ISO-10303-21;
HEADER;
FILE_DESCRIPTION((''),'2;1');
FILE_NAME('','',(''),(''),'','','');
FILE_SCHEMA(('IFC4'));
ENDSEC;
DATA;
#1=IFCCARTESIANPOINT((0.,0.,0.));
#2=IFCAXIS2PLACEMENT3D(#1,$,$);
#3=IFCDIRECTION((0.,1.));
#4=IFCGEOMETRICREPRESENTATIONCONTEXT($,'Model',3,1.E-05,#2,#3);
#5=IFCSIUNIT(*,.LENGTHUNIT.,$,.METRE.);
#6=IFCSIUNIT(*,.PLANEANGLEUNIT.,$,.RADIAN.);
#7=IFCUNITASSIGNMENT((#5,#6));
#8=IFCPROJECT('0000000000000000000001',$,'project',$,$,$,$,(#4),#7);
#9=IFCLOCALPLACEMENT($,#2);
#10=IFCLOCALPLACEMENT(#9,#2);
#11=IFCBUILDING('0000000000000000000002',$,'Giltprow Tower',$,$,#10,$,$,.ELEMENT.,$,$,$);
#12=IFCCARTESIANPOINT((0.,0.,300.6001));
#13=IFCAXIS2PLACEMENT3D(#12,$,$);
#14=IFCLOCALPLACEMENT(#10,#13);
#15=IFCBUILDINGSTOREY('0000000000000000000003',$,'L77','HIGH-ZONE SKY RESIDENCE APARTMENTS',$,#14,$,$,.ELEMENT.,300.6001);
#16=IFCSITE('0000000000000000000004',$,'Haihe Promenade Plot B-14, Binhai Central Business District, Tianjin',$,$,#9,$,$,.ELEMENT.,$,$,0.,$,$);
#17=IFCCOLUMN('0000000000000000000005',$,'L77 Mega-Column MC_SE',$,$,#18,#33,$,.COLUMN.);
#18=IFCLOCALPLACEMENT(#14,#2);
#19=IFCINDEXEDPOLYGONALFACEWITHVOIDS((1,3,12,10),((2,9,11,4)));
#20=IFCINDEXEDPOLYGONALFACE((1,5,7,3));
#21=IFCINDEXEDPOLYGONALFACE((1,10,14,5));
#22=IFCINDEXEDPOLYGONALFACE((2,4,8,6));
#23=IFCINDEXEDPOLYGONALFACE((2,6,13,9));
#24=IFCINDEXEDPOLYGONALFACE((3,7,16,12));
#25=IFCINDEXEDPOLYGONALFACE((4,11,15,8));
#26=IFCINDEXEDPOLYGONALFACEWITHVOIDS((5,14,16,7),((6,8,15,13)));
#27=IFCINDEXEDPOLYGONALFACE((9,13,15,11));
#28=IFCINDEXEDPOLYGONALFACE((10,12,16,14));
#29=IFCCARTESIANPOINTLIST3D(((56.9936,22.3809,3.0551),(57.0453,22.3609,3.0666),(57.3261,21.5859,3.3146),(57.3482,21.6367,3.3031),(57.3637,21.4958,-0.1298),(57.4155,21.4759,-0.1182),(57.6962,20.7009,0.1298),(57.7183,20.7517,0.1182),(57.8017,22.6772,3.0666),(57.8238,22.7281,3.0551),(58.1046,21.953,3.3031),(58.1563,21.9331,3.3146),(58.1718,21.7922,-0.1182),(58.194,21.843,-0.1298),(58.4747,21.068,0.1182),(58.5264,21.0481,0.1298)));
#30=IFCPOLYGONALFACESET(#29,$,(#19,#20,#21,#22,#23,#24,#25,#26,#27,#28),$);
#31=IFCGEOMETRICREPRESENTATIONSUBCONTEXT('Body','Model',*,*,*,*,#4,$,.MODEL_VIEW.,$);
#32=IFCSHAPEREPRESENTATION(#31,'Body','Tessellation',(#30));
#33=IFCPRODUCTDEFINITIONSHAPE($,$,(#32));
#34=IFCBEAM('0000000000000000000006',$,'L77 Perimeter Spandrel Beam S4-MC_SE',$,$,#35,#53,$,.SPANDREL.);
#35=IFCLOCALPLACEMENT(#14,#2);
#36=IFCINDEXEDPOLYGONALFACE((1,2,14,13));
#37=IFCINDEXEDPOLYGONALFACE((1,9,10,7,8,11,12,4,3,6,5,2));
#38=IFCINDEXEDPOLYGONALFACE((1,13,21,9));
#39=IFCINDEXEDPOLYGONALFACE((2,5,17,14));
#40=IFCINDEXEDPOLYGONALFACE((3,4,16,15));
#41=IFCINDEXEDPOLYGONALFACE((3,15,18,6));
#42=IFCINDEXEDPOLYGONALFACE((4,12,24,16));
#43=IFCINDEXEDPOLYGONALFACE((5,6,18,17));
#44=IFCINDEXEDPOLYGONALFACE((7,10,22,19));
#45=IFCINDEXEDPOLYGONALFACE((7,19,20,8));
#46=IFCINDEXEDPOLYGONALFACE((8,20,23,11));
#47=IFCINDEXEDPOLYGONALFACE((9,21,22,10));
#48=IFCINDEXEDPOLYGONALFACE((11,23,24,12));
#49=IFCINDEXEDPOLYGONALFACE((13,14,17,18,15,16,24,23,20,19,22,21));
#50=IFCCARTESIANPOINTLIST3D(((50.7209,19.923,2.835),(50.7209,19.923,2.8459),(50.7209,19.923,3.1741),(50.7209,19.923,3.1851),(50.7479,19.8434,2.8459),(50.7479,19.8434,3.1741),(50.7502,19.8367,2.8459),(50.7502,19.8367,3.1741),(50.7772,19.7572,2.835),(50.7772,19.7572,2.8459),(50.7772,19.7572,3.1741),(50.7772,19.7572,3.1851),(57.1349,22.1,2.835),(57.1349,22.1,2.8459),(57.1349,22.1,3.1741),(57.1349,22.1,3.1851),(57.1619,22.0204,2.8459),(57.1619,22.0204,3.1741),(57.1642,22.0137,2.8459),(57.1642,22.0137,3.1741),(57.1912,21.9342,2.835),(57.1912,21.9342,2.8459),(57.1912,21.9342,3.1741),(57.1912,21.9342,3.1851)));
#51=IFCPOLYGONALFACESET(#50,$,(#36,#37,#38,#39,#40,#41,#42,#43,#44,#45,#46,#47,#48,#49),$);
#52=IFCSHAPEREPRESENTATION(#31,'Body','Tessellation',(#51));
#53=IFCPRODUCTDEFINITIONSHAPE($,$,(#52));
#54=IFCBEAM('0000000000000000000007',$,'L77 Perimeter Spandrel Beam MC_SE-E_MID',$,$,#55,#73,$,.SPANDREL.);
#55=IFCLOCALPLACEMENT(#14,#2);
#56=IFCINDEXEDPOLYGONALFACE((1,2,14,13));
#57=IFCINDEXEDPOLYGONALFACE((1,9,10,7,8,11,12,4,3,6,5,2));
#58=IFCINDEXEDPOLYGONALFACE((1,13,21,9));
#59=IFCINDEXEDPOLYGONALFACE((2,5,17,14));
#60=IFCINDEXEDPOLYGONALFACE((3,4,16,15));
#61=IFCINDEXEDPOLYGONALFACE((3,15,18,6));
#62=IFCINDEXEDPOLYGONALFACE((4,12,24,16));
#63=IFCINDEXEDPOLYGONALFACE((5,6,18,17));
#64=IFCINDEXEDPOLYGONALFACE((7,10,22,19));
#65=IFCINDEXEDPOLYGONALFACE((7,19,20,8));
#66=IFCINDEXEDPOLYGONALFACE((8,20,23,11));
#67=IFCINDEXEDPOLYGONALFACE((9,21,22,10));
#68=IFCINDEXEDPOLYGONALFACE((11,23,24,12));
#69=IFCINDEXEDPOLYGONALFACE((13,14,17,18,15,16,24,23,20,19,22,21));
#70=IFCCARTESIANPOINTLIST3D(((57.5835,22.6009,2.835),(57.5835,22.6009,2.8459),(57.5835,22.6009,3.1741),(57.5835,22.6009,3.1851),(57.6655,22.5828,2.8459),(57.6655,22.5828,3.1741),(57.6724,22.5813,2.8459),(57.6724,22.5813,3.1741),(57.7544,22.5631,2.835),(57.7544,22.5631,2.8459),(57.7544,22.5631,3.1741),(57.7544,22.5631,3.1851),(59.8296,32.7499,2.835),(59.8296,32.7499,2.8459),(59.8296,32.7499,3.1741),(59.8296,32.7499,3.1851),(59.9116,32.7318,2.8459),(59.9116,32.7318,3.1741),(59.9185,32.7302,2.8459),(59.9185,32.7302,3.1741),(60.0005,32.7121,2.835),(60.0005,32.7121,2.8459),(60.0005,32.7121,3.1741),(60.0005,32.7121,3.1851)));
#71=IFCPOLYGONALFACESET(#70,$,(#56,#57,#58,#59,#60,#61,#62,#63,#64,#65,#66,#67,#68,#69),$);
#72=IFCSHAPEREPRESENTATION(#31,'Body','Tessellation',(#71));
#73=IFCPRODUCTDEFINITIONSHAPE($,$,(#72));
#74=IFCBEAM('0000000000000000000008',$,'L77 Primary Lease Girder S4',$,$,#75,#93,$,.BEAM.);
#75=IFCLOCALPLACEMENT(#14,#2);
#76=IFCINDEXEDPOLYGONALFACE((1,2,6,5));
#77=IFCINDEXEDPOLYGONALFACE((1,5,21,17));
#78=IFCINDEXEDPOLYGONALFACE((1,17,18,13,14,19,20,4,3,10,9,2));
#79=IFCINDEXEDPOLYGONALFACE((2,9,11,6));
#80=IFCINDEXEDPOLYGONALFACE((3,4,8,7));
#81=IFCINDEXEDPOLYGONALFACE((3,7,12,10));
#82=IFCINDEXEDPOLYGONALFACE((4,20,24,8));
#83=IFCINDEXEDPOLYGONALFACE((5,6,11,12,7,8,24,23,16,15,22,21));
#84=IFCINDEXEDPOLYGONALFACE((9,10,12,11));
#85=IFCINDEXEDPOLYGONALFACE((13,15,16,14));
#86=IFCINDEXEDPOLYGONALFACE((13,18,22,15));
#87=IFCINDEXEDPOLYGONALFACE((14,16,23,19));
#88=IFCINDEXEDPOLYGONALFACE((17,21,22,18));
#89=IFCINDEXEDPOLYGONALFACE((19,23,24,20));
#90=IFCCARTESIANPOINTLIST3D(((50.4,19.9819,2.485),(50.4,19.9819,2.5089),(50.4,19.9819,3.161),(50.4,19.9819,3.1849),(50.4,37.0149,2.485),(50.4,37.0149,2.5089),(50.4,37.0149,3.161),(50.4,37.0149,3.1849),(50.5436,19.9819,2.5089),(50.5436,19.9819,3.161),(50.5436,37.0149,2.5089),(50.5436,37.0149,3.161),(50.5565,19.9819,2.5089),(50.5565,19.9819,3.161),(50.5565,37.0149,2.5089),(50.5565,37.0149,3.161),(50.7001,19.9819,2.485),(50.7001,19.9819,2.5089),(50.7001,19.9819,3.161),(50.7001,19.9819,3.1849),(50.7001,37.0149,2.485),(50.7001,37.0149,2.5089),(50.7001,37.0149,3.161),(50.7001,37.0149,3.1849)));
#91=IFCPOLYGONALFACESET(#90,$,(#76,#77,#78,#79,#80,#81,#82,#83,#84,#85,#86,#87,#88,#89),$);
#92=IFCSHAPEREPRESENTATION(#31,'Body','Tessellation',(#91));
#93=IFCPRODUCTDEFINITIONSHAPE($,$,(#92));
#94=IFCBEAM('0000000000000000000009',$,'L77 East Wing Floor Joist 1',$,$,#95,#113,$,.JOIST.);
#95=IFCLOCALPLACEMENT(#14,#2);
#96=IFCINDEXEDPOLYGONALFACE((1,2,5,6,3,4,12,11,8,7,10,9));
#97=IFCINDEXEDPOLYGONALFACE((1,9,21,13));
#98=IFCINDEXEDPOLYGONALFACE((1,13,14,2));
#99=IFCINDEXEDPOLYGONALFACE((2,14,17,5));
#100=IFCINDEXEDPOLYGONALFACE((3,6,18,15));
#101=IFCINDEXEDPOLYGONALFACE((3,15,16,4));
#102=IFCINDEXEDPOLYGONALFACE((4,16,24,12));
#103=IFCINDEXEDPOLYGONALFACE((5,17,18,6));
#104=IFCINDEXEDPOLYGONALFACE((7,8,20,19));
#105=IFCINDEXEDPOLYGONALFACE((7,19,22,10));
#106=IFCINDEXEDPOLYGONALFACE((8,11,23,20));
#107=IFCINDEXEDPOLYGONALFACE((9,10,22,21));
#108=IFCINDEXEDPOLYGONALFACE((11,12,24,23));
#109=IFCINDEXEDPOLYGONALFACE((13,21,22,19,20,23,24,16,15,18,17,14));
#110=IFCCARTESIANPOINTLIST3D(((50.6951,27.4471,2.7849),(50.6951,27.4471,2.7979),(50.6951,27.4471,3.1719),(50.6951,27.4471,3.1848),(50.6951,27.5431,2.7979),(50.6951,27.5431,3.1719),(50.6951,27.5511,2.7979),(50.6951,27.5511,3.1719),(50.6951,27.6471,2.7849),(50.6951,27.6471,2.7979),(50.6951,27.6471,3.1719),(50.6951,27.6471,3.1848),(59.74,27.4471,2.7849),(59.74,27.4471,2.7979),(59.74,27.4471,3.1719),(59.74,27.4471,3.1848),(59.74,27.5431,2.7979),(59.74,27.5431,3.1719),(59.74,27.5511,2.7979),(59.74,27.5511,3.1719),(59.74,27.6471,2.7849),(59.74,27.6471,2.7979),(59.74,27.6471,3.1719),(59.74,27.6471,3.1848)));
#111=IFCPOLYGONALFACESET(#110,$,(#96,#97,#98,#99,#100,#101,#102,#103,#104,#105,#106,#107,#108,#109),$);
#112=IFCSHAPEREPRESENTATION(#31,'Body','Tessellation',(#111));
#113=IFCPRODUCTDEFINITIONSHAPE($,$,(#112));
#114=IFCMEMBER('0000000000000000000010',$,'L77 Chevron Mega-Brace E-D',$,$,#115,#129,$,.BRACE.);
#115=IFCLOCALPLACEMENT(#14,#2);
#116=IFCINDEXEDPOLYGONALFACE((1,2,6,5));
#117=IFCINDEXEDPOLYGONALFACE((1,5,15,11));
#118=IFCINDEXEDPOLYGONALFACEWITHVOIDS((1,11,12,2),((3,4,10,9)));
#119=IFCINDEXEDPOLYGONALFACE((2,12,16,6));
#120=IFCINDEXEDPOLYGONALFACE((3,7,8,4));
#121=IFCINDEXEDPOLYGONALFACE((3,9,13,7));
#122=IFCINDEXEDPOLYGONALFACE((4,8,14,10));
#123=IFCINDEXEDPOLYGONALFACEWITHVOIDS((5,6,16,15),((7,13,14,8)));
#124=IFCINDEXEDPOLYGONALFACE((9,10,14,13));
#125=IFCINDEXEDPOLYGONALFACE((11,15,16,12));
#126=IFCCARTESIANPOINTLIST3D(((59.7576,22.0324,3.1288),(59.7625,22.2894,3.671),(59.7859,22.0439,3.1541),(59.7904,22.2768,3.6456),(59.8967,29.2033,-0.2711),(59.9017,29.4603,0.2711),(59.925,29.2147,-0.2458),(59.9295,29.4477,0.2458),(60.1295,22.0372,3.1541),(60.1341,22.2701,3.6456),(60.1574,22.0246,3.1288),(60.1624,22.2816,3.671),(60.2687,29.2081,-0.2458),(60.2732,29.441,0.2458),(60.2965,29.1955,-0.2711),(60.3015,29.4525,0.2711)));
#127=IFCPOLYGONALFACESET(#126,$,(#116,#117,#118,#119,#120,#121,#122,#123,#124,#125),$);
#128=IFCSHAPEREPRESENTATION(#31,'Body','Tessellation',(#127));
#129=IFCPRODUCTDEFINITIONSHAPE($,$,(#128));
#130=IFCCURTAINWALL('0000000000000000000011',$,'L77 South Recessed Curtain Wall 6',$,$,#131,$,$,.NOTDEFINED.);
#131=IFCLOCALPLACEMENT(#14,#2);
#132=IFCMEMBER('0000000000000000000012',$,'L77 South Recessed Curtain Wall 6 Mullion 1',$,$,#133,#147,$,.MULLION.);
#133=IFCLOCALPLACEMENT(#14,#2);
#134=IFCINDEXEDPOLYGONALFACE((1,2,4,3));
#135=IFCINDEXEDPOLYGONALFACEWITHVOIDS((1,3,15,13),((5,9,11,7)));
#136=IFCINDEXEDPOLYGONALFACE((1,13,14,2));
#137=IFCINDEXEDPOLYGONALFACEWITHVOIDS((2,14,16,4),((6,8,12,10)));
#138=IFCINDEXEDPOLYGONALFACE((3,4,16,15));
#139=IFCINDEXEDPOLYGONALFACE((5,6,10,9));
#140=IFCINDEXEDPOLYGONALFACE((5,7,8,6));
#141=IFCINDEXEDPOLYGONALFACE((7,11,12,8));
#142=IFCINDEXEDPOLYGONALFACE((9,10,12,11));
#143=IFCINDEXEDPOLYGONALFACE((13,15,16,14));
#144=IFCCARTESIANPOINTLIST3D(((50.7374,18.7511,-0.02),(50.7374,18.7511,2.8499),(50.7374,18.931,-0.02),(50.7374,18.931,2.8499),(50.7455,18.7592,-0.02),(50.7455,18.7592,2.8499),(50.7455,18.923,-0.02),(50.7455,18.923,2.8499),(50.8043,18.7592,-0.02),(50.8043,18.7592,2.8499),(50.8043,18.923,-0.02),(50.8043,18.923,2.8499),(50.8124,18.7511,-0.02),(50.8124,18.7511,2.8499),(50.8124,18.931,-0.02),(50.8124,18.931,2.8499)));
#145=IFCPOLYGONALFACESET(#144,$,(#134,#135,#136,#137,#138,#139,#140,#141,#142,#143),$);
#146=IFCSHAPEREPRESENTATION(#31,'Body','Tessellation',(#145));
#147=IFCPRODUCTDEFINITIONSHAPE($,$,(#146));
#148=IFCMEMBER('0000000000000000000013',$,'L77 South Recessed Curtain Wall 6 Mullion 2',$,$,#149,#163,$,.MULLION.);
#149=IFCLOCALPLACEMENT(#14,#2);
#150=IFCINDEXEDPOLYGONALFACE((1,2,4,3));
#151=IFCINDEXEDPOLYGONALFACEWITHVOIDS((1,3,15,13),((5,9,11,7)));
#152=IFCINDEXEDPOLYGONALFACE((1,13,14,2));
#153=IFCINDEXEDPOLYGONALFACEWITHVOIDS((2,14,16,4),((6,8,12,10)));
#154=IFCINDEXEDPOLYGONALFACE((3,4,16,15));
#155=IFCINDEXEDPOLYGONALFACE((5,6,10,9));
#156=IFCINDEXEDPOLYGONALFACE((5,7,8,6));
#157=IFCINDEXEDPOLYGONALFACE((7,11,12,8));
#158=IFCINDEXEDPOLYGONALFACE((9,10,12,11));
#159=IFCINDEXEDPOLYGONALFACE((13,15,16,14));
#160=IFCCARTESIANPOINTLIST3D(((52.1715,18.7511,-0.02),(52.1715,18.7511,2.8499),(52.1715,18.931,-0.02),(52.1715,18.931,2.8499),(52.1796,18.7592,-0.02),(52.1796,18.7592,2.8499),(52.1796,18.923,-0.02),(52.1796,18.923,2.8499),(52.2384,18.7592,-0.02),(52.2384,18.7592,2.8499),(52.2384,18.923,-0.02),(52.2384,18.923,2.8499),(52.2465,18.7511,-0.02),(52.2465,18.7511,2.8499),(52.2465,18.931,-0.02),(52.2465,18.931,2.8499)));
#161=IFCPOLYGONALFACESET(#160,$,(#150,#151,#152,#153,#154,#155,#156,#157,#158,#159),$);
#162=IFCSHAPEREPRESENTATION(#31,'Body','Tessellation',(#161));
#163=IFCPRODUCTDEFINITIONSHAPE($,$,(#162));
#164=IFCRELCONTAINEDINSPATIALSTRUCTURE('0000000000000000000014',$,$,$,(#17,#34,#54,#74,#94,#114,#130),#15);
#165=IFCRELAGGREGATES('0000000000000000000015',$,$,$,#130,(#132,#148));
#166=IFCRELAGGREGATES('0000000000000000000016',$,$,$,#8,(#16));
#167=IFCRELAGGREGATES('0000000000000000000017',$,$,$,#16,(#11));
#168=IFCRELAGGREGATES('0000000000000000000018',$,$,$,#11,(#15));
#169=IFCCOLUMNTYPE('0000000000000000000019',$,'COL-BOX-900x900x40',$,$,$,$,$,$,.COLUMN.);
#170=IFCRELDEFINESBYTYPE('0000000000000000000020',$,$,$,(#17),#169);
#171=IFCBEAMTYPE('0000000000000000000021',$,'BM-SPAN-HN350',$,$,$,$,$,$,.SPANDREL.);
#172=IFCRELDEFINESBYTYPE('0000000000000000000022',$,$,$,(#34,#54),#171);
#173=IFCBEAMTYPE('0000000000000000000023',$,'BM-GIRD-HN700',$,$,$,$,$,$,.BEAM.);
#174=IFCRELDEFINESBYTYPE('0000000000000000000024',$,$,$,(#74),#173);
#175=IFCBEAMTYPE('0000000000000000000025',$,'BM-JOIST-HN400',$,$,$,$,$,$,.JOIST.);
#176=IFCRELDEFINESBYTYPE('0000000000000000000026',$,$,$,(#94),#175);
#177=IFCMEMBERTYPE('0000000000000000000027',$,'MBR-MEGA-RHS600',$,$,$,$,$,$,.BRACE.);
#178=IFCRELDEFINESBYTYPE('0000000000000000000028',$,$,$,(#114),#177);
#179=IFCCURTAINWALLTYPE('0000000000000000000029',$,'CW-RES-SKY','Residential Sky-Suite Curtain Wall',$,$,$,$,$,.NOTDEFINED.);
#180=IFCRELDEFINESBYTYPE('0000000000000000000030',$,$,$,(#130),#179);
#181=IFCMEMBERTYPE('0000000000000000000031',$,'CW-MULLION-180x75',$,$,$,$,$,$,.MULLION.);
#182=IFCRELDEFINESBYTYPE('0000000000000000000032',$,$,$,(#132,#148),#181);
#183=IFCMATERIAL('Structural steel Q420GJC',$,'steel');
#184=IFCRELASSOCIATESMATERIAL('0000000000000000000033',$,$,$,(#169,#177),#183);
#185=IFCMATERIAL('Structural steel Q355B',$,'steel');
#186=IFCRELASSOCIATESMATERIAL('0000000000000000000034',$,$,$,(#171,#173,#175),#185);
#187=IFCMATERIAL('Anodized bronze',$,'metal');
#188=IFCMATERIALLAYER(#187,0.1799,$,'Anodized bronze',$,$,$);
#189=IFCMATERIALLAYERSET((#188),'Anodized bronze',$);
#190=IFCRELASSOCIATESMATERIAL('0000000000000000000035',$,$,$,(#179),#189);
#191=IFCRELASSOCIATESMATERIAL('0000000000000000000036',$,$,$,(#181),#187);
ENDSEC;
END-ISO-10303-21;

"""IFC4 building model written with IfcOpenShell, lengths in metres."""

from ifc_helpers import new_model, si_unit, direction, frame, origin, origin_2d, place, context, subcontext, project, spatial, hollow_rectangle, i_section, extrude, source, transform, mapped, material, layer, layer_set, material_profile, profile_set, type_object, element, aggregate, save


model = new_model("IFC4")

# Units and contexts
model_context = context("Model", 3, precision=1e-05, world=origin(), true_north=direction((0.0, 1.0)))
body_context = subcontext(model_context, "Body", "Model", "MODEL_VIEW")
ifc_project = project(units=[si_unit("LENGTHUNIT", "METRE"), si_unit("PLANEANGLEUNIT", "RADIAN")], contexts=[model_context])

# Site, building, storey
site_placement = place(None, origin())
site = spatial("IfcSite", under=ifc_project, at=site_placement, Name="Haihe Promenade Plot B-14, Binhai Central Business District, Tianjin", CompositionType="ELEMENT", RefElevation=0.0)
building_placement = place(site_placement, origin())
building = spatial("IfcBuilding", under=site, at=building_placement, Name="Giltprow Tower", CompositionType="ELEMENT")
storey_placement = place(building_placement, frame((0.0, 0.0, 300.6001)))
storey = spatial("IfcBuildingStorey", under=building, at=storey_placement, Name="L77", Description="HIGH-ZONE SKY RESIDENCE APARTMENTS", CompositionType="ELEMENT", Elevation=300.6001)

# Column
ifc_material_1 = material(Name="Structural steel Q420GJC", Category="steel")
ifc_material_profile_1 = material_profile(ifc_material_1, hollow_rectangle(XDim=0.8999, YDim=0.8999, WallThickness=0.04, at=origin_2d()), Name="BOX 900x900x40")
ifc_profile_set_1 = profile_set([ifc_material_profile_1], Name="Structural steel Q420GJC")
column_type = type_object("IfcColumnType", Name="COL-BOX-900x900x40", PredefinedType="COLUMN", material=ifc_profile_set_1)
shared_shape_1 = source(origin(), body_context, "Body", "SweptSolid", [
    extrude(hollow_rectangle(XDim=0.8999, YDim=0.8999, WallThickness=0.04, at=origin_2d()), origin(), (0.0, 0.0, 1.0), 3.3262),
])
column_placement = place(storey_placement, frame((57.9451, 21.272, 0.0), z_axis=(-0.111275, 0.266076, 0.957508), x_axis=(-0.922572, -0.385826, 0.0)))
element("IfcColumn", 1, at=column_placement, inside=storey, type_object=column_type, Name="L77 Mega-Column MC_SE", PredefinedType="COLUMN", context=body_context, shape_type="MappedRepresentation", body=[
    mapped(shared_shape_1, transform((0.0, 0.0, 0.0), x_axis=(1.0, 0.0, 0.0), y_axis=(0.0, 1.0, 0.0), z_axis=(0.0, 0.0, 1.0), scale=1.0)),
])

# Beams
ifc_material_2 = material(Name="Structural steel Q355B", Category="steel")
ifc_material_profile_2 = material_profile(ifc_material_2, i_section(OverallWidth=0.175, OverallDepth=0.3501, WebThickness=0.0071, FlangeThickness=0.011, at=origin_2d()), Name="HN 350x175x7x11")
ifc_profile_set_2 = profile_set([ifc_material_profile_2], Name="Structural steel Q355B")
beam_type_1 = type_object("IfcBeamType", Name="BM-SPAN-HN350", PredefinedType="SPANDREL", material=ifc_profile_set_2)
shared_shape_2 = source(origin(), body_context, "Body", "SweptSolid", [
    extrude(i_section(OverallWidth=0.175, OverallDepth=0.3501, WebThickness=0.0071, FlangeThickness=0.011, at=origin_2d()), origin(), (0.0, 0.0, 1.0), 6.7734),
])
beam_1_placement = place(storey_placement, frame((50.749, 19.8401, 3.01), z_axis=(0.946943, 0.321403, 0.0), x_axis=(-0.321403, 0.946943, 0.0)))
element("IfcBeam", 2, at=beam_1_placement, inside=storey, type_object=beam_type_1, Name="L77 Perimeter Spandrel Beam S4-MC_SE", PredefinedType="SPANDREL", context=body_context, shape_type="MappedRepresentation", body=[
    mapped(shared_shape_2, transform((0.0, 0.0, 0.0), x_axis=(1.0, 0.0, 0.0), y_axis=(0.0, 1.0, 0.0), z_axis=(0.0, 0.0, 1.0), scale=1.0)),
])
shared_shape_3 = source(origin(), body_context, "Body", "SweptSolid", [
    extrude(i_section(OverallWidth=0.175, OverallDepth=0.3501, WebThickness=0.0071, FlangeThickness=0.011, at=origin_2d()), origin(), (0.0, 0.0, 1.0), 10.3945),
])
beam_2_placement = place(storey_placement, frame((57.6689, 22.582, 3.01), z_axis=(0.216085, 0.976375, 0.0), x_axis=(-0.976375, 0.216085, 0.0)))
element("IfcBeam", 3, at=beam_2_placement, inside=storey, type_object=beam_type_1, Name="L77 Perimeter Spandrel Beam MC_SE-E_MID", PredefinedType="SPANDREL", context=body_context, shape_type="MappedRepresentation", body=[
    mapped(shared_shape_3, transform((0.0, 0.0, 0.0), x_axis=(1.0, 0.0, 0.0), y_axis=(0.0, 1.0, 0.0), z_axis=(0.0, 0.0, 1.0), scale=1.0)),
])
ifc_material_profile_3 = material_profile(ifc_material_2, i_section(OverallWidth=0.3, OverallDepth=0.7, WebThickness=0.0129, FlangeThickness=0.0239, at=origin_2d()), Name="HN 700x300x13x24")
ifc_profile_set_3 = profile_set([ifc_material_profile_3], Name="Structural steel Q355B")
beam_type_2 = type_object("IfcBeamType", Name="BM-GIRD-HN700", PredefinedType="BEAM", material=ifc_profile_set_3)
shared_shape_4 = source(origin(), body_context, "Body", "SweptSolid", [
    extrude(i_section(OverallWidth=0.3, OverallDepth=0.7, WebThickness=0.0129, FlangeThickness=0.0239, at=origin_2d()), origin(), (0.0, 0.0, 1.0), 17.033),
])
beam_3_placement = place(storey_placement, frame((50.55, 19.9819, 2.835), z_axis=(0.0, 1.0, 0.0), x_axis=(-1.0, 0.0, 0.0)))
element("IfcBeam", 4, at=beam_3_placement, inside=storey, type_object=beam_type_2, Name="L77 Primary Lease Girder S4", PredefinedType="BEAM", context=body_context, shape_type="MappedRepresentation", body=[
    mapped(shared_shape_4, transform((0.0, 0.0, 0.0), x_axis=(1.0, 0.0, 0.0), y_axis=(0.0, 1.0, 0.0), z_axis=(0.0, 0.0, 1.0), scale=1.0)),
])
ifc_material_profile_4 = material_profile(ifc_material_2, i_section(OverallWidth=0.2, OverallDepth=0.3999, WebThickness=0.0081, FlangeThickness=0.0129, at=origin_2d()), Name="HN 400x200x8x13")
ifc_profile_set_4 = profile_set([ifc_material_profile_4], Name="Structural steel Q355B")
beam_type_3 = type_object("IfcBeamType", Name="BM-JOIST-HN400", PredefinedType="JOIST", material=ifc_profile_set_4)
shared_shape_5 = source(origin(), body_context, "Body", "SweptSolid", [
    extrude(i_section(OverallWidth=0.2, OverallDepth=0.3999, WebThickness=0.0081, FlangeThickness=0.0129, at=origin_2d()), origin(), (0.0, 0.0, 1.0), 9.0449),
])
beam_4_placement = place(storey_placement, frame((50.6951, 27.5471, 2.9849), z_axis=(1.0, 0.0, 0.0), x_axis=(0.0, 1.0, 0.0)))
element("IfcBeam", 5, at=beam_4_placement, inside=storey, type_object=beam_type_3, Name="L77 East Wing Floor Joist 1", PredefinedType="JOIST", context=body_context, shape_type="MappedRepresentation", body=[
    mapped(shared_shape_5, transform((0.0, 0.0, 0.0), x_axis=(1.0, 0.0, 0.0), y_axis=(0.0, 1.0, 0.0), z_axis=(0.0, 0.0, 1.0), scale=1.0)),
])

# Member
ifc_material_profile_5 = material_profile(ifc_material_1, hollow_rectangle(XDim=0.3999, YDim=0.6001, WallThickness=0.0281, at=origin_2d()), Name="RHS 600x400x28")
ifc_profile_set_5 = profile_set([ifc_material_profile_5], Name="Structural steel Q420GJC")
member_type_1 = type_object("IfcMemberType", Name="MBR-MEGA-RHS600", PredefinedType="BRACE", material=ifc_profile_set_5)
shared_shape_6 = source(origin(), body_context, "Body", "SweptSolid", [
    extrude(hollow_rectangle(XDim=0.3999, YDim=0.6001, WallThickness=0.0281, at=origin_2d()), origin(), (0.0, 0.0, 1.0), 7.9373),
])
member_1_placement = place(storey_placement, frame((60.0991, 29.3279, 0.0), z_axis=(-0.017532, -0.903445, 0.428346), x_axis=(0.999812, -0.019403, 0.0)))
element("IfcMember", 6, at=member_1_placement, inside=storey, type_object=member_type_1, Name="L77 Chevron Mega-Brace E-D", PredefinedType="BRACE", context=body_context, shape_type="MappedRepresentation", body=[
    mapped(shared_shape_6, transform((0.0, 0.0, 0.0), x_axis=(1.0, 0.0, 0.0), y_axis=(0.0, 1.0, 0.0), z_axis=(0.0, 0.0, 1.0), scale=1.0)),
])

# Curtain wall, members
ifc_material_3 = material(Name="Anodized bronze", Category="metal")
ifc_layer_1 = layer(ifc_material_3, 0.1799, Name="Anodized bronze")
ifc_layer_set_1 = layer_set([ifc_layer_1], Name="Anodized bronze")
curtain_wall_type = type_object("IfcCurtainWallType", Name="CW-RES-SKY", Description="Residential Sky-Suite Curtain Wall", PredefinedType="NOTDEFINED", material=ifc_layer_set_1)
curtain_wall_placement = place(storey_placement, origin())
curtain_wall = element("IfcCurtainWall", 7, at=curtain_wall_placement, inside=storey, type_object=curtain_wall_type, Name="L77 South Recessed Curtain Wall 6", PredefinedType="NOTDEFINED")
ifc_material_profile_6 = material_profile(ifc_material_3, hollow_rectangle(XDim=0.075, YDim=0.1799, WallThickness=0.0081, at=origin_2d()), Name="RHS 180x75x8")
ifc_profile_set_6 = profile_set([ifc_material_profile_6], Name="Anodized bronze")
member_type_2 = type_object("IfcMemberType", Name="CW-MULLION-180x75", PredefinedType="MULLION", material=ifc_profile_set_6)
shared_shape_7 = source(origin(), body_context, "Body", "SweptSolid", [
    extrude(hollow_rectangle(XDim=0.075, YDim=0.1799, WallThickness=0.0081, at=origin_2d()), origin(), (0.0, 0.0, 1.0), 2.8699),
])
member_2_placement = place(storey_placement, frame((50.7749, 18.8411, -0.02), z_axis=(0.0, 0.0, 1.0), x_axis=(1.0, 0.0, 0.0)))
member_2 = element("IfcMember", 8, at=member_2_placement, type_object=member_type_2, Name="L77 South Recessed Curtain Wall 6 Mullion 1", PredefinedType="MULLION", context=body_context, shape_type="MappedRepresentation", body=[
    mapped(shared_shape_7, transform((0.0, 0.0, 0.0), x_axis=(1.0, 0.0, 0.0), y_axis=(0.0, 1.0, 0.0), z_axis=(0.0, 0.0, 1.0), scale=1.0)),
])
member_3_placement = place(storey_placement, frame((52.209, 18.8411, -0.02), z_axis=(0.0, 0.0, 1.0), x_axis=(1.0, 0.0, 0.0)))
member_3 = element("IfcMember", 9, at=member_3_placement, type_object=member_type_2, Name="L77 South Recessed Curtain Wall 6 Mullion 2", PredefinedType="MULLION", context=body_context, shape_type="MappedRepresentation", body=[
    mapped(shared_shape_7, transform((0.0, 0.0, 0.0), x_axis=(1.0, 0.0, 0.0), y_axis=(0.0, 1.0, 0.0), z_axis=(0.0, 0.0, 1.0), scale=1.0)),
])

aggregate(curtain_wall, [member_2, member_3])

save(model, "model.ifc")
